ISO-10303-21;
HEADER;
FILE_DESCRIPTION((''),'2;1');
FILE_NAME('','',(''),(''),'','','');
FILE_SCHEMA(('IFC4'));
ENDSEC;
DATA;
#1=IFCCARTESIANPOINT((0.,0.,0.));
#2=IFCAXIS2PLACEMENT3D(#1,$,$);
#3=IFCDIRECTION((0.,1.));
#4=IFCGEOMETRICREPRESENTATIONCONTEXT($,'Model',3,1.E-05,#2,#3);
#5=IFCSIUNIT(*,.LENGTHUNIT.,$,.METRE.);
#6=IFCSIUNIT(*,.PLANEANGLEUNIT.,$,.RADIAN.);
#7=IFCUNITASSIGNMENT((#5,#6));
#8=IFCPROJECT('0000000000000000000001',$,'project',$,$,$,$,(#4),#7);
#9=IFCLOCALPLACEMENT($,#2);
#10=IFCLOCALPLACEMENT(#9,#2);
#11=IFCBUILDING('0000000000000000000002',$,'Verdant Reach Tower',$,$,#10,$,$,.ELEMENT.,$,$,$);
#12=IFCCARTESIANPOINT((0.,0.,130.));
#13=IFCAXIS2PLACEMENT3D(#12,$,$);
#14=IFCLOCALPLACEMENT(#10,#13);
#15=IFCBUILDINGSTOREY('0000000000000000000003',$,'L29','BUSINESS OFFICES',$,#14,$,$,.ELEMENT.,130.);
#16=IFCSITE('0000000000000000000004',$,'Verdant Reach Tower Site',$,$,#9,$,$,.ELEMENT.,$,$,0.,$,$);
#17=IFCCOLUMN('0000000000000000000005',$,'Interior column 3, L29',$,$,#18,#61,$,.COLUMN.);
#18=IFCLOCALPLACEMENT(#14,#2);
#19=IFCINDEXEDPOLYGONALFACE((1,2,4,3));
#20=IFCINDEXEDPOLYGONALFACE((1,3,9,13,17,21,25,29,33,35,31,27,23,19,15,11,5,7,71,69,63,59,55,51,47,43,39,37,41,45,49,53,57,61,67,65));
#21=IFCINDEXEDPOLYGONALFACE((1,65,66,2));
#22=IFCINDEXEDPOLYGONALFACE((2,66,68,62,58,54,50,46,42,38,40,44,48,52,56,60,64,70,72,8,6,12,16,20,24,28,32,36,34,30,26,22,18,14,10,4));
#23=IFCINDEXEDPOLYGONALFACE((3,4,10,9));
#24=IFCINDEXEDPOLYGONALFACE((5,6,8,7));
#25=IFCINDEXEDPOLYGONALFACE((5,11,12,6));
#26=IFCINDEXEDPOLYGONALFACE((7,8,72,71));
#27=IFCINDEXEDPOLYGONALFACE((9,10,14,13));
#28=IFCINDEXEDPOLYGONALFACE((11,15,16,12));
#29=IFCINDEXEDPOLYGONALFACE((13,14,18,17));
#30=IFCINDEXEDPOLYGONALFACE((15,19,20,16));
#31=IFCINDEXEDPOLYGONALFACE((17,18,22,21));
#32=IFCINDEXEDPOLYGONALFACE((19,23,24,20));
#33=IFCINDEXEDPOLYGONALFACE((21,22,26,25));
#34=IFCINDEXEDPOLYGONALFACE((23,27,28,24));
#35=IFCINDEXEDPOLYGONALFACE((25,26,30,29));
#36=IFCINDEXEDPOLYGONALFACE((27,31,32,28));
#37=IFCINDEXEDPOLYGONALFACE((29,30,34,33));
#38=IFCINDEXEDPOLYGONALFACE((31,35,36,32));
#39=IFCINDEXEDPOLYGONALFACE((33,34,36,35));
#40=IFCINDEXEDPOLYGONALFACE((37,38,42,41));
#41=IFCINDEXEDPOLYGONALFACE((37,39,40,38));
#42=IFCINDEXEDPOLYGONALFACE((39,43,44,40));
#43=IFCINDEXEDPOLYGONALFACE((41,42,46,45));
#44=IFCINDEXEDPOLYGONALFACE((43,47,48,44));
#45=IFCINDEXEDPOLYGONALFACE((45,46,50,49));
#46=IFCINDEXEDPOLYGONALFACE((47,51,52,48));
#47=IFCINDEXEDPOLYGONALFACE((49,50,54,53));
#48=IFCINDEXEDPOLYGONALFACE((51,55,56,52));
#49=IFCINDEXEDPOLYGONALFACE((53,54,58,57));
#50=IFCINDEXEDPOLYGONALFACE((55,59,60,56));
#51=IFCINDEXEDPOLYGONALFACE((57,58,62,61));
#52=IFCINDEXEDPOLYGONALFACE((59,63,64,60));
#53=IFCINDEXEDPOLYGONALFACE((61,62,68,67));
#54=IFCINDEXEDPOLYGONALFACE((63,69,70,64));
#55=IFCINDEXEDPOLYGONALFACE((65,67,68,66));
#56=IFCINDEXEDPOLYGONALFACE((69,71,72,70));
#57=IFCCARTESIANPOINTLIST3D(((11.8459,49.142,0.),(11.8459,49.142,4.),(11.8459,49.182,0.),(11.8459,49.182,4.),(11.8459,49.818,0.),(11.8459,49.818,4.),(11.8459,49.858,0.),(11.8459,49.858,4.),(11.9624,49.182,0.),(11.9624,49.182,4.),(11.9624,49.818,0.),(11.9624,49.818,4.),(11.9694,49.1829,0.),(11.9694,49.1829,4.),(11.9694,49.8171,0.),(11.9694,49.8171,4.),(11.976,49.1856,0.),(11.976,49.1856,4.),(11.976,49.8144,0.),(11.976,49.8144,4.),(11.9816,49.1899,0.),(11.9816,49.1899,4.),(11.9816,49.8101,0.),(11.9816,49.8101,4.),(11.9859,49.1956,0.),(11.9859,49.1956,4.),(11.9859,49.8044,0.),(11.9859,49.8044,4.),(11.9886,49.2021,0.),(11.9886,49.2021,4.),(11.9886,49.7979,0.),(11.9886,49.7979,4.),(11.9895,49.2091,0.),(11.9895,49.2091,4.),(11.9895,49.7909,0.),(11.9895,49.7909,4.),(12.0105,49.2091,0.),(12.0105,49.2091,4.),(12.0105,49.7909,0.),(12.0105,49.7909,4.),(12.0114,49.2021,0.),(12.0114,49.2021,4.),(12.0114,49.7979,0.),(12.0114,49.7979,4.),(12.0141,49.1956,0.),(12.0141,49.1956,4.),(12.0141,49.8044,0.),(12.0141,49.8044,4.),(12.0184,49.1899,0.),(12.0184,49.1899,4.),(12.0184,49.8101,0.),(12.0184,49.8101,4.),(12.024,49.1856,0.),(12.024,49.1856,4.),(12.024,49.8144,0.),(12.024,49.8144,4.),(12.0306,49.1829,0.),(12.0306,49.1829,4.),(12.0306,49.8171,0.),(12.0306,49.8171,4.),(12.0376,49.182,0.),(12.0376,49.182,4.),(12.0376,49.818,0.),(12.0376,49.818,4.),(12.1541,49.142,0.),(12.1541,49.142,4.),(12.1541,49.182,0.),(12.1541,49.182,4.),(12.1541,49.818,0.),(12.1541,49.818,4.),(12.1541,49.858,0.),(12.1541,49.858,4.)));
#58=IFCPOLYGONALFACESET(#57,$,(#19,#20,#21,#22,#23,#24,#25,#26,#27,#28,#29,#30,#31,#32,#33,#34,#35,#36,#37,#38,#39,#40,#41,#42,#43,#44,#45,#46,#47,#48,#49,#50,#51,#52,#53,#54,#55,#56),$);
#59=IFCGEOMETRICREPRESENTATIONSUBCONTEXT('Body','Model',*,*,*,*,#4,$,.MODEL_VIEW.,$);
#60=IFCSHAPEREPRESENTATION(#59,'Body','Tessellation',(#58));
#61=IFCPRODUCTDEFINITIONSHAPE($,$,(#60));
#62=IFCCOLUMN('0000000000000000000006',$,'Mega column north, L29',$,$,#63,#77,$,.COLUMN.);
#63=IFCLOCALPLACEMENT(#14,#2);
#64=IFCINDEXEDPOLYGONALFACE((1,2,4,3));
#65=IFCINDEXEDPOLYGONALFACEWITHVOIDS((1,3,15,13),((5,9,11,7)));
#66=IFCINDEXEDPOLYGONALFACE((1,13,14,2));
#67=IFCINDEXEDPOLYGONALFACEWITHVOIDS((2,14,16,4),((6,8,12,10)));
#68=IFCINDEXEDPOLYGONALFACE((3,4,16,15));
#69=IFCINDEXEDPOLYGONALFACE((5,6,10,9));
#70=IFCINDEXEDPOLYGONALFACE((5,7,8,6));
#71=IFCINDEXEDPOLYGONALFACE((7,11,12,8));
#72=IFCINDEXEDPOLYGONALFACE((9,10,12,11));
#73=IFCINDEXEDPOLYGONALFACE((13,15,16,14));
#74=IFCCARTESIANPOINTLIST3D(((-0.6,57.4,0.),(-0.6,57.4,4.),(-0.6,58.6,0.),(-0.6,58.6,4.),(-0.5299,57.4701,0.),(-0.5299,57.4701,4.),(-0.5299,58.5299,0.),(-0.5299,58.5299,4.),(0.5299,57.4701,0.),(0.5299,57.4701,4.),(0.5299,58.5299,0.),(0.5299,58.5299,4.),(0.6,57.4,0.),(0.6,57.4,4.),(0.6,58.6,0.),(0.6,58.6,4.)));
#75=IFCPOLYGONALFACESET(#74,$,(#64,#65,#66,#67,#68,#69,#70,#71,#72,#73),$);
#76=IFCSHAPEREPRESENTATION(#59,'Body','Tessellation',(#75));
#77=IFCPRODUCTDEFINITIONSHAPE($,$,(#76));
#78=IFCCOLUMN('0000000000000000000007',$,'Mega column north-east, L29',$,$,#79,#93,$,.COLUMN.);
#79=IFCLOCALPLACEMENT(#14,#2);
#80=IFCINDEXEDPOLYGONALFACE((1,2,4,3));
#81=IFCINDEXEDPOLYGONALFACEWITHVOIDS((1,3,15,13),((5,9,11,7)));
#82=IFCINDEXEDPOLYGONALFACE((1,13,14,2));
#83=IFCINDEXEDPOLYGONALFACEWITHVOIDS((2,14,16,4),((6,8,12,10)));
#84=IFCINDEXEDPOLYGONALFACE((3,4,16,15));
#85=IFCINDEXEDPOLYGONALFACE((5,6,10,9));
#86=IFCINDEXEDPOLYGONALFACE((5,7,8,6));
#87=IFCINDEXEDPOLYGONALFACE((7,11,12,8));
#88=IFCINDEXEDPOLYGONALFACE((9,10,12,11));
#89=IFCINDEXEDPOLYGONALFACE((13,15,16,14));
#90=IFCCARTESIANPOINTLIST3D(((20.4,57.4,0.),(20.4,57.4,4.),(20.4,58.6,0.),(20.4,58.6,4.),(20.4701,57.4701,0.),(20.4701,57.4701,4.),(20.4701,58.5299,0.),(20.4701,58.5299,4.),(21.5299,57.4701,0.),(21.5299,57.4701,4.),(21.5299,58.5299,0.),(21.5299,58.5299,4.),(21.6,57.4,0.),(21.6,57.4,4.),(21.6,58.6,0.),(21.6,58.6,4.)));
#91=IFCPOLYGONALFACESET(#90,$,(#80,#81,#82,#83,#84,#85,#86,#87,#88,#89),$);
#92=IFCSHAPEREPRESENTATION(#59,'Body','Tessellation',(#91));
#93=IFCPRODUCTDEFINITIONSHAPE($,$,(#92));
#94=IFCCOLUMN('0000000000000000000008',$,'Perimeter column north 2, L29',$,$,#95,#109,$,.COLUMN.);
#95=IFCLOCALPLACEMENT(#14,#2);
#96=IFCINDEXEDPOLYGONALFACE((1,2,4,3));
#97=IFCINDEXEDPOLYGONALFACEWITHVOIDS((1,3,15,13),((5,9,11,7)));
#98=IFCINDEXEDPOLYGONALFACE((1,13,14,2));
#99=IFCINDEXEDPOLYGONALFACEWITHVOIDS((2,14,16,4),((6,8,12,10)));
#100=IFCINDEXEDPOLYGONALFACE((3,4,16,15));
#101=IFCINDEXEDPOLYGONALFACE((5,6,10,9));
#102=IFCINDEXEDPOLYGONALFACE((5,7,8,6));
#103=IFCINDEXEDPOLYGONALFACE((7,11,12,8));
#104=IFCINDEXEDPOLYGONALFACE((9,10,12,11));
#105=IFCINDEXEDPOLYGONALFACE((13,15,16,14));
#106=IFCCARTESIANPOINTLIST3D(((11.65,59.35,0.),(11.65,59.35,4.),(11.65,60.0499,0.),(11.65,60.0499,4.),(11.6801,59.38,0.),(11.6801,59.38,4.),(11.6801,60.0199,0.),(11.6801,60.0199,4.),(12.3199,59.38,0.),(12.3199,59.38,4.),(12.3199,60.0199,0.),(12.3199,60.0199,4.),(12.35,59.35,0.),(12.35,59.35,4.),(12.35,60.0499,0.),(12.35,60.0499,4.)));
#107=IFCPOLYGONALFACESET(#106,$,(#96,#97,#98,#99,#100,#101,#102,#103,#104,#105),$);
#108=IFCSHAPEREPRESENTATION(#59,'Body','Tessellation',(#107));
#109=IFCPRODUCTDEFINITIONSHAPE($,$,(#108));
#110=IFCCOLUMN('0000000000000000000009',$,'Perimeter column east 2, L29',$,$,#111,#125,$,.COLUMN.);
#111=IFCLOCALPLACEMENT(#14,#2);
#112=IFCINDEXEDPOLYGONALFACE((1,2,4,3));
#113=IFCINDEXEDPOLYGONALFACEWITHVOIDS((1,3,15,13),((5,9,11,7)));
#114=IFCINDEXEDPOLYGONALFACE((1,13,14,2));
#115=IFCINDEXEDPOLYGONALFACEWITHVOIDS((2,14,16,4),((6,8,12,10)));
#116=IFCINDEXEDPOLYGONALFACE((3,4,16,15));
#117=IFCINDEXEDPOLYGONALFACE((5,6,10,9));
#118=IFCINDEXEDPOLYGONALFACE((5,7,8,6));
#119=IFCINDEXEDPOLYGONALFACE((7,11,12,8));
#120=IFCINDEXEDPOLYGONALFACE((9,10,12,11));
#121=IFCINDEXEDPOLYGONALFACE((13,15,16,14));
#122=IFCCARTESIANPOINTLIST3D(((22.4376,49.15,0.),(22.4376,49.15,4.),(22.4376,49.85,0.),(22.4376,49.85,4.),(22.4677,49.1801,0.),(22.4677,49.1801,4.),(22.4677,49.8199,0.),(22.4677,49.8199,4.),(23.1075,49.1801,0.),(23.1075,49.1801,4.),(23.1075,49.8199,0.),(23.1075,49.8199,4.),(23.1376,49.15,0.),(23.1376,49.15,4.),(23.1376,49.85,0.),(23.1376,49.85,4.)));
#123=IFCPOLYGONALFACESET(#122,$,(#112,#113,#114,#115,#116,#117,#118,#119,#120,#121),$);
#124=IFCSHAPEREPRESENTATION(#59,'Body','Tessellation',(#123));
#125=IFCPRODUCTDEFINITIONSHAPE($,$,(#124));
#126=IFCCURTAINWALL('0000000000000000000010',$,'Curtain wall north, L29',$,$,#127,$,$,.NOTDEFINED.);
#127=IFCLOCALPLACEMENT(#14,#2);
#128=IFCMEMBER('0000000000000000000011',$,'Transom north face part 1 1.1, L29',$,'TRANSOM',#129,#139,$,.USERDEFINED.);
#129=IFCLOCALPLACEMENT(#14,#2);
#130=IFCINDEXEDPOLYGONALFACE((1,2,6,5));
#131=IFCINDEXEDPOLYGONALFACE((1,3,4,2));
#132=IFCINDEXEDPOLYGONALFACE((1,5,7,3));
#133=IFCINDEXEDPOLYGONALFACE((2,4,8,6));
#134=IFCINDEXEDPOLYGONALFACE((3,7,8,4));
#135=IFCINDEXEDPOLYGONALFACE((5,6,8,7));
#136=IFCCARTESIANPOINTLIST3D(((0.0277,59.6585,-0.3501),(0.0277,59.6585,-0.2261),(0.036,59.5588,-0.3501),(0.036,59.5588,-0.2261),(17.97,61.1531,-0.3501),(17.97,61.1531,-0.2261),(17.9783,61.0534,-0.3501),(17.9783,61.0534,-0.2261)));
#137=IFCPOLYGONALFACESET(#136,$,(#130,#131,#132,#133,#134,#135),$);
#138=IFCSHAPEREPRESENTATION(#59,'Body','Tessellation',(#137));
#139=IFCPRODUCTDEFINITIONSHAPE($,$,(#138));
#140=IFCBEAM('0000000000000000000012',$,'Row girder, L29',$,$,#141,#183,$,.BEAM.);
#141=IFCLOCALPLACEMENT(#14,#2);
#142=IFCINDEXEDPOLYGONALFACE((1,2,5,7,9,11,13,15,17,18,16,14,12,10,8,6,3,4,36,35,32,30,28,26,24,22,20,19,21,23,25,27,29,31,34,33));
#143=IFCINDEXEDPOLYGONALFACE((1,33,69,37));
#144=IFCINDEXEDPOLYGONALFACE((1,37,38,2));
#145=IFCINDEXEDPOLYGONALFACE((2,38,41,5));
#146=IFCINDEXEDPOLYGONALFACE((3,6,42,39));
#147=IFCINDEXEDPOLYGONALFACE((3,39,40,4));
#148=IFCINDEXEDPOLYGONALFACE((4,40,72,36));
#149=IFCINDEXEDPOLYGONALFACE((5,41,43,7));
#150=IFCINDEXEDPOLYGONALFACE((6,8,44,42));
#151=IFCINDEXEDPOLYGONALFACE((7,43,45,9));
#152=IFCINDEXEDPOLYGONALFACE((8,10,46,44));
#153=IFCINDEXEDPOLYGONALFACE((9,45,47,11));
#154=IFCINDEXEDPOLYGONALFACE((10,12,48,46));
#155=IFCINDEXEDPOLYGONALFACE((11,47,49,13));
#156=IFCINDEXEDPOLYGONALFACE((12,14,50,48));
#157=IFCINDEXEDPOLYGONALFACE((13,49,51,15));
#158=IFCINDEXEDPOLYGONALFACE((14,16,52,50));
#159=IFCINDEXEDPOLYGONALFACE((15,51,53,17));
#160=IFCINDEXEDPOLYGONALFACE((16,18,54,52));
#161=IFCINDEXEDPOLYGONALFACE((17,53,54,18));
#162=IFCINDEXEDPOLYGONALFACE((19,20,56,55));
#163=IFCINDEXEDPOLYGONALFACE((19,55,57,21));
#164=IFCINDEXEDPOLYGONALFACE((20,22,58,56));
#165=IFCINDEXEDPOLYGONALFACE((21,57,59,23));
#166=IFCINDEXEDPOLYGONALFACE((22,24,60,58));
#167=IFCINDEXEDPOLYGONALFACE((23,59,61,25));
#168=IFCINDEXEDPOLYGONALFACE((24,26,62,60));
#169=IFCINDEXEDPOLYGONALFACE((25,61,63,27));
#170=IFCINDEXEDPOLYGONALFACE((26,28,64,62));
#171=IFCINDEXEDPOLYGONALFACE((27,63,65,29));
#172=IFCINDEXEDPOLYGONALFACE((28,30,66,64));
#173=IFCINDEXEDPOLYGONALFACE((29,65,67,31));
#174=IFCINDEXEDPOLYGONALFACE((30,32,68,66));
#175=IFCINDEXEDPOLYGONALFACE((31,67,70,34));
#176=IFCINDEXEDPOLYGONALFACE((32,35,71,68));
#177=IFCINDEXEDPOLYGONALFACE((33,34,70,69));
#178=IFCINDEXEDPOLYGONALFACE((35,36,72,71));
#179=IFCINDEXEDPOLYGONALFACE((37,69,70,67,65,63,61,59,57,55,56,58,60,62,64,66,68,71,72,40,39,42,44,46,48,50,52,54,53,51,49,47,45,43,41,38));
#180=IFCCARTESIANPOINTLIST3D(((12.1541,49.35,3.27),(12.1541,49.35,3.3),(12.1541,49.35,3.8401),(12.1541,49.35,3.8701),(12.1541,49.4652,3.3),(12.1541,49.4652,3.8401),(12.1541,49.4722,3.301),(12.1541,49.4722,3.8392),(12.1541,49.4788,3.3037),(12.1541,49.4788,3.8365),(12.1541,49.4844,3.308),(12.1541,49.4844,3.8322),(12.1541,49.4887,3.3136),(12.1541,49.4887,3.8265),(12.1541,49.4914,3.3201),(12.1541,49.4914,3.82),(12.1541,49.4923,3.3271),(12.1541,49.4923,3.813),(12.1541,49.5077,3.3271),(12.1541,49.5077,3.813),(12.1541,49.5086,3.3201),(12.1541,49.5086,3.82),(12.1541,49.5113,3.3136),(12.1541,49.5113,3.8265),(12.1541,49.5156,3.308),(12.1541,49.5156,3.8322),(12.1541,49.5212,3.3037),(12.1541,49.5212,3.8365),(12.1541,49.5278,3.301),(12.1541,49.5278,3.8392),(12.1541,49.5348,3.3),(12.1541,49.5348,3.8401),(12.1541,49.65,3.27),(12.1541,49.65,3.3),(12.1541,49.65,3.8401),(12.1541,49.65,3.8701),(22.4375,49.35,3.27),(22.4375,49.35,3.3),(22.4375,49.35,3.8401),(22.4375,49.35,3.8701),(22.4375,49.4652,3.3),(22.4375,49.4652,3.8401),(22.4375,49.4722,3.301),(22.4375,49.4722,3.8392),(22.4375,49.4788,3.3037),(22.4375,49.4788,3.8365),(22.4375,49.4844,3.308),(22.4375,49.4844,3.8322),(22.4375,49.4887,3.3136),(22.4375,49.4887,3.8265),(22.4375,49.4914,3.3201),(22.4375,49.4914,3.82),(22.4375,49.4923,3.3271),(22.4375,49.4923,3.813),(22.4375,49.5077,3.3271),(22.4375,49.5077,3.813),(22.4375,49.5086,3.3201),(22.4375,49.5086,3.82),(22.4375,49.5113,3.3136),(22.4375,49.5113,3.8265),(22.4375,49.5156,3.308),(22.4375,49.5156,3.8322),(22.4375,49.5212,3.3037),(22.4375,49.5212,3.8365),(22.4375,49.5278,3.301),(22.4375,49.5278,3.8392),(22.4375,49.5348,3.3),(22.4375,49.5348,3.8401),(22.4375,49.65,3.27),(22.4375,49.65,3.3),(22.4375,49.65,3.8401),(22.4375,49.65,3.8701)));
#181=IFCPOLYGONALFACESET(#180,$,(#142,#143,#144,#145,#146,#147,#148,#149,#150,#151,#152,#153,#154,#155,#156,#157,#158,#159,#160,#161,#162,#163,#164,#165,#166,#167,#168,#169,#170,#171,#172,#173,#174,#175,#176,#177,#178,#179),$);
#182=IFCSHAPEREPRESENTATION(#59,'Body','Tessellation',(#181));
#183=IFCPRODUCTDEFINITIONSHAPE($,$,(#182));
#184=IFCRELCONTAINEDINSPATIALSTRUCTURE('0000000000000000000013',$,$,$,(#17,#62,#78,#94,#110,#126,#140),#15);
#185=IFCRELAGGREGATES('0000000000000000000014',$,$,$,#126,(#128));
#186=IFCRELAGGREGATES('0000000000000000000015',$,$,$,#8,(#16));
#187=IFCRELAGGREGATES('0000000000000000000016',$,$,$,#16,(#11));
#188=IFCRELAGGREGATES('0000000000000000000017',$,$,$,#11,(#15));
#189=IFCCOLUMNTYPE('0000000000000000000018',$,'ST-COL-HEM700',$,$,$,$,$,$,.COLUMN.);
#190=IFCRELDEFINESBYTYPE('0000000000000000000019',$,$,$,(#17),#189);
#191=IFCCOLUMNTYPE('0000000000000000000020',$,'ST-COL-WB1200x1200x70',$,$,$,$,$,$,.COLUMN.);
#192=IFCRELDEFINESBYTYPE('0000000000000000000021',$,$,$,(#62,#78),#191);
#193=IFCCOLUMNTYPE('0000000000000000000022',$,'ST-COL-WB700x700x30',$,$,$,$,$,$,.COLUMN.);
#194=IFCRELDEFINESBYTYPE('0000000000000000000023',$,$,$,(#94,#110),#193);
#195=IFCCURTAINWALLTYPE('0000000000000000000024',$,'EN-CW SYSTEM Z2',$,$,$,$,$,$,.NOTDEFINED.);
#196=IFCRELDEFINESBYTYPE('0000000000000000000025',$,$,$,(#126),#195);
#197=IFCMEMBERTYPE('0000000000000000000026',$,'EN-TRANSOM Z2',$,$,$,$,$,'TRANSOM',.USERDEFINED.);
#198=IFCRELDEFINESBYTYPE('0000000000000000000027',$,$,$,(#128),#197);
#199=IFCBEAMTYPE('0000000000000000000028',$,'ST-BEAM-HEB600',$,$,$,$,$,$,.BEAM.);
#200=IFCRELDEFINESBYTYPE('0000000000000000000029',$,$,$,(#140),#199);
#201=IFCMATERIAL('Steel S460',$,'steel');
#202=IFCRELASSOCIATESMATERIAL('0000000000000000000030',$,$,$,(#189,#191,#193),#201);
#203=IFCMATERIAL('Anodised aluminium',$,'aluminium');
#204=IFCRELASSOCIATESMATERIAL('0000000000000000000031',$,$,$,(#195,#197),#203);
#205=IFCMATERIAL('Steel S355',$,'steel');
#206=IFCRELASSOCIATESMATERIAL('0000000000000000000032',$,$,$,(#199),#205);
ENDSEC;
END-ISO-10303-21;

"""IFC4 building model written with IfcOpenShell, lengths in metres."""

from ifc_helpers import new_model, si_unit, direction, frame, origin, origin_2d, place, context, subcontext, project, spatial, rectangle, hollow_rectangle, i_section, extrude, material, material_profile, profile_set, type_object, element, aggregate, save


model = new_model("IFC4")

# Units and contexts
model_context = context("Model", 3, precision=1e-05, world=origin(), true_north=direction((0.0, 1.0)))
body_context = subcontext(model_context, "Body", "Model", "MODEL_VIEW")
ifc_project = project(units=[si_unit("LENGTHUNIT", "METRE"), si_unit("PLANEANGLEUNIT", "RADIAN")], contexts=[model_context])

# Site, building, storey
site_placement = place(None, origin())
site = spatial("IfcSite", under=ifc_project, at=site_placement, Name="Verdant Reach Tower Site", CompositionType="ELEMENT", RefElevation=0.0)
building_placement = place(site_placement, origin())
building = spatial("IfcBuilding", under=site, at=building_placement, Name="Verdant Reach Tower", CompositionType="ELEMENT")
storey_placement = place(building_placement, frame((0.0, 0.0, 130.0)))
storey = spatial("IfcBuildingStorey", under=building, at=storey_placement, Name="L29", Description="BUSINESS OFFICES", CompositionType="ELEMENT", Elevation=130.0)

# Columns
ifc_material_1 = material(Name="Steel S460", Category="steel")
ifc_material_profile_1 = material_profile(ifc_material_1, i_section(OverallWidth=0.3081, OverallDepth=0.7161, WebThickness=0.021, FlangeThickness=0.04, FilletRadius=0.0271, at=origin_2d()), Name="HEM 700")
ifc_profile_set_1 = profile_set([ifc_material_profile_1], Name="Steel S460")
column_type_1 = type_object("IfcColumnType", Name="ST-COL-HEM700", PredefinedType="COLUMN", material=ifc_profile_set_1)
column_placement = place(storey_placement, frame((12.0, 49.5, 0.0), z_axis=(0.0, 0.0, 1.0), x_axis=(1.0, 0.0, 0.0)))
element("IfcColumn", 1, at=column_placement, inside=storey, type_object=column_type_1, Name="Interior column 3, L29", PredefinedType="COLUMN", context=body_context, shape_type="SweptSolid", body=[
    extrude(i_section(OverallWidth=0.3081, OverallDepth=0.7161, WebThickness=0.021, FlangeThickness=0.04, FilletRadius=0.0271, at=origin_2d()), origin(), (0.0, 0.0, 1.0), 4.0),
])
ifc_material_profile_2 = material_profile(ifc_material_1, hollow_rectangle(XDim=1.2, YDim=1.2, WallThickness=0.0701, at=origin_2d()), Name="WB 1200x1200x70")
ifc_profile_set_2 = profile_set([ifc_material_profile_2], Name="Steel S460")
column_type_2 = type_object("IfcColumnType", Name="ST-COL-WB1200x1200x70", PredefinedType="COLUMN", material=ifc_profile_set_2)
for number, where, z_axis, x_axis, name in (
    (2, (0.0, 58.0, 0.0), (0.0, 0.0, 1.0), (1.0, 0.0, 0.0), "Mega column north, L29"),
    (3, (21.0, 58.0, 0.0), (0.0, 0.0, 1.0), (1.0, 0.0, 0.0), "Mega column north-east, L29"),
):
    element("IfcColumn", number, at=place(storey_placement, frame(where, z_axis=z_axis, x_axis=x_axis)), inside=storey, type_object=column_type_2, Name=name, PredefinedType="COLUMN", context=body_context, shape_type="SweptSolid", body=[
        extrude(hollow_rectangle(XDim=1.2, YDim=1.2, WallThickness=0.0701, at=origin_2d()), origin(), (0.0, 0.0, 1.0), 4.0),
    ])
ifc_material_profile_3 = material_profile(ifc_material_1, hollow_rectangle(XDim=0.7, YDim=0.7, WallThickness=0.03, at=origin_2d()), Name="WB 700x700x30")
ifc_profile_set_3 = profile_set([ifc_material_profile_3], Name="Steel S460")
column_type_3 = type_object("IfcColumnType", Name="ST-COL-WB700x700x30", PredefinedType="COLUMN", material=ifc_profile_set_3)
for number, where, z_axis, x_axis, name in (
    (4, (12.0, 59.7, 0.0), (0.0, 0.0, 1.0), (1.0, 0.0, 0.0), "Perimeter column north 2, L29"),
    (5, (22.7876, 49.5, 0.0), (0.0, 0.0, 1.0), (1.0, 0.0, 0.0), "Perimeter column east 2, L29"),
):
    element("IfcColumn", number, at=place(storey_placement, frame(where, z_axis=z_axis, x_axis=x_axis)), inside=storey, type_object=column_type_3, Name=name, PredefinedType="COLUMN", context=body_context, shape_type="SweptSolid", body=[
        extrude(hollow_rectangle(XDim=0.7, YDim=0.7, WallThickness=0.03, at=origin_2d()), origin(), (0.0, 0.0, 1.0), 4.0),
    ])

# Curtain wall, member
ifc_material_2 = material(Name="Anodised aluminium", Category="aluminium")
curtain_wall_type = type_object("IfcCurtainWallType", Name="EN-CW SYSTEM Z2", PredefinedType="NOTDEFINED", material=ifc_material_2)
curtain_wall_1_placement = place(storey_placement, origin())
curtain_wall_1 = element("IfcCurtainWall", 6, at=curtain_wall_1_placement, inside=storey, type_object=curtain_wall_type, Name="Curtain wall north, L29", PredefinedType="NOTDEFINED")
ifc_material_profile_4 = material_profile(ifc_material_2, rectangle(XDim=0.1001, YDim=0.124, at=origin_2d()), Name="Transom 124x100")
ifc_profile_set_4 = profile_set([ifc_material_profile_4], Name="Anodised aluminium")
member_type = type_object("IfcMemberType", Name="EN-TRANSOM Z2", ElementType="TRANSOM", PredefinedType="USERDEFINED", material=ifc_profile_set_4)
member_placement = place(storey_placement, frame((17.9741, 61.1033, -0.2881), z_axis=(-0.996548, -0.083015, 0.0), x_axis=(0.083015, -0.996548, 0.0)))
member = element("IfcMember", 7, at=member_placement, type_object=member_type, Name="Transom north face part 1 1.1, L29", ObjectType="TRANSOM", PredefinedType="USERDEFINED", context=body_context, shape_type="SweptSolid", body=[
    extrude(rectangle(XDim=0.1001, YDim=0.124, at=origin_2d()), origin(), (0.0, 0.0, 1.0), 18.0044),
])

# Beam
ifc_material_3 = material(Name="Steel S355", Category="steel")
ifc_material_profile_5 = material_profile(ifc_material_3, i_section(OverallWidth=0.3, OverallDepth=0.6001, WebThickness=0.0154, FlangeThickness=0.03, FilletRadius=0.0271, at=origin_2d()), Name="HEB 600")
ifc_profile_set_5 = profile_set([ifc_material_profile_5], Name="Steel S355")
beam_type_1 = type_object("IfcBeamType", Name="ST-BEAM-HEB600", PredefinedType="BEAM", material=ifc_profile_set_5)
beam_1_placement = place(storey_placement, frame((12.1541, 49.5, 3.5701), z_axis=(1.0, 0.0, 0.0), x_axis=(0.0, 1.0, 0.0)))
element("IfcBeam", 8, at=beam_1_placement, inside=storey, type_object=beam_type_1, Name="Row girder, L29", PredefinedType="BEAM", context=body_context, shape_type="SweptSolid", body=[
    extrude(i_section(OverallWidth=0.3, OverallDepth=0.6001, WebThickness=0.0154, FlangeThickness=0.03, FilletRadius=0.0271, at=origin_2d()), origin(), (0.0, 0.0, 1.0), 10.2834),
])

aggregate(curtain_wall_1, [member])

save(model, "model.ifc")
